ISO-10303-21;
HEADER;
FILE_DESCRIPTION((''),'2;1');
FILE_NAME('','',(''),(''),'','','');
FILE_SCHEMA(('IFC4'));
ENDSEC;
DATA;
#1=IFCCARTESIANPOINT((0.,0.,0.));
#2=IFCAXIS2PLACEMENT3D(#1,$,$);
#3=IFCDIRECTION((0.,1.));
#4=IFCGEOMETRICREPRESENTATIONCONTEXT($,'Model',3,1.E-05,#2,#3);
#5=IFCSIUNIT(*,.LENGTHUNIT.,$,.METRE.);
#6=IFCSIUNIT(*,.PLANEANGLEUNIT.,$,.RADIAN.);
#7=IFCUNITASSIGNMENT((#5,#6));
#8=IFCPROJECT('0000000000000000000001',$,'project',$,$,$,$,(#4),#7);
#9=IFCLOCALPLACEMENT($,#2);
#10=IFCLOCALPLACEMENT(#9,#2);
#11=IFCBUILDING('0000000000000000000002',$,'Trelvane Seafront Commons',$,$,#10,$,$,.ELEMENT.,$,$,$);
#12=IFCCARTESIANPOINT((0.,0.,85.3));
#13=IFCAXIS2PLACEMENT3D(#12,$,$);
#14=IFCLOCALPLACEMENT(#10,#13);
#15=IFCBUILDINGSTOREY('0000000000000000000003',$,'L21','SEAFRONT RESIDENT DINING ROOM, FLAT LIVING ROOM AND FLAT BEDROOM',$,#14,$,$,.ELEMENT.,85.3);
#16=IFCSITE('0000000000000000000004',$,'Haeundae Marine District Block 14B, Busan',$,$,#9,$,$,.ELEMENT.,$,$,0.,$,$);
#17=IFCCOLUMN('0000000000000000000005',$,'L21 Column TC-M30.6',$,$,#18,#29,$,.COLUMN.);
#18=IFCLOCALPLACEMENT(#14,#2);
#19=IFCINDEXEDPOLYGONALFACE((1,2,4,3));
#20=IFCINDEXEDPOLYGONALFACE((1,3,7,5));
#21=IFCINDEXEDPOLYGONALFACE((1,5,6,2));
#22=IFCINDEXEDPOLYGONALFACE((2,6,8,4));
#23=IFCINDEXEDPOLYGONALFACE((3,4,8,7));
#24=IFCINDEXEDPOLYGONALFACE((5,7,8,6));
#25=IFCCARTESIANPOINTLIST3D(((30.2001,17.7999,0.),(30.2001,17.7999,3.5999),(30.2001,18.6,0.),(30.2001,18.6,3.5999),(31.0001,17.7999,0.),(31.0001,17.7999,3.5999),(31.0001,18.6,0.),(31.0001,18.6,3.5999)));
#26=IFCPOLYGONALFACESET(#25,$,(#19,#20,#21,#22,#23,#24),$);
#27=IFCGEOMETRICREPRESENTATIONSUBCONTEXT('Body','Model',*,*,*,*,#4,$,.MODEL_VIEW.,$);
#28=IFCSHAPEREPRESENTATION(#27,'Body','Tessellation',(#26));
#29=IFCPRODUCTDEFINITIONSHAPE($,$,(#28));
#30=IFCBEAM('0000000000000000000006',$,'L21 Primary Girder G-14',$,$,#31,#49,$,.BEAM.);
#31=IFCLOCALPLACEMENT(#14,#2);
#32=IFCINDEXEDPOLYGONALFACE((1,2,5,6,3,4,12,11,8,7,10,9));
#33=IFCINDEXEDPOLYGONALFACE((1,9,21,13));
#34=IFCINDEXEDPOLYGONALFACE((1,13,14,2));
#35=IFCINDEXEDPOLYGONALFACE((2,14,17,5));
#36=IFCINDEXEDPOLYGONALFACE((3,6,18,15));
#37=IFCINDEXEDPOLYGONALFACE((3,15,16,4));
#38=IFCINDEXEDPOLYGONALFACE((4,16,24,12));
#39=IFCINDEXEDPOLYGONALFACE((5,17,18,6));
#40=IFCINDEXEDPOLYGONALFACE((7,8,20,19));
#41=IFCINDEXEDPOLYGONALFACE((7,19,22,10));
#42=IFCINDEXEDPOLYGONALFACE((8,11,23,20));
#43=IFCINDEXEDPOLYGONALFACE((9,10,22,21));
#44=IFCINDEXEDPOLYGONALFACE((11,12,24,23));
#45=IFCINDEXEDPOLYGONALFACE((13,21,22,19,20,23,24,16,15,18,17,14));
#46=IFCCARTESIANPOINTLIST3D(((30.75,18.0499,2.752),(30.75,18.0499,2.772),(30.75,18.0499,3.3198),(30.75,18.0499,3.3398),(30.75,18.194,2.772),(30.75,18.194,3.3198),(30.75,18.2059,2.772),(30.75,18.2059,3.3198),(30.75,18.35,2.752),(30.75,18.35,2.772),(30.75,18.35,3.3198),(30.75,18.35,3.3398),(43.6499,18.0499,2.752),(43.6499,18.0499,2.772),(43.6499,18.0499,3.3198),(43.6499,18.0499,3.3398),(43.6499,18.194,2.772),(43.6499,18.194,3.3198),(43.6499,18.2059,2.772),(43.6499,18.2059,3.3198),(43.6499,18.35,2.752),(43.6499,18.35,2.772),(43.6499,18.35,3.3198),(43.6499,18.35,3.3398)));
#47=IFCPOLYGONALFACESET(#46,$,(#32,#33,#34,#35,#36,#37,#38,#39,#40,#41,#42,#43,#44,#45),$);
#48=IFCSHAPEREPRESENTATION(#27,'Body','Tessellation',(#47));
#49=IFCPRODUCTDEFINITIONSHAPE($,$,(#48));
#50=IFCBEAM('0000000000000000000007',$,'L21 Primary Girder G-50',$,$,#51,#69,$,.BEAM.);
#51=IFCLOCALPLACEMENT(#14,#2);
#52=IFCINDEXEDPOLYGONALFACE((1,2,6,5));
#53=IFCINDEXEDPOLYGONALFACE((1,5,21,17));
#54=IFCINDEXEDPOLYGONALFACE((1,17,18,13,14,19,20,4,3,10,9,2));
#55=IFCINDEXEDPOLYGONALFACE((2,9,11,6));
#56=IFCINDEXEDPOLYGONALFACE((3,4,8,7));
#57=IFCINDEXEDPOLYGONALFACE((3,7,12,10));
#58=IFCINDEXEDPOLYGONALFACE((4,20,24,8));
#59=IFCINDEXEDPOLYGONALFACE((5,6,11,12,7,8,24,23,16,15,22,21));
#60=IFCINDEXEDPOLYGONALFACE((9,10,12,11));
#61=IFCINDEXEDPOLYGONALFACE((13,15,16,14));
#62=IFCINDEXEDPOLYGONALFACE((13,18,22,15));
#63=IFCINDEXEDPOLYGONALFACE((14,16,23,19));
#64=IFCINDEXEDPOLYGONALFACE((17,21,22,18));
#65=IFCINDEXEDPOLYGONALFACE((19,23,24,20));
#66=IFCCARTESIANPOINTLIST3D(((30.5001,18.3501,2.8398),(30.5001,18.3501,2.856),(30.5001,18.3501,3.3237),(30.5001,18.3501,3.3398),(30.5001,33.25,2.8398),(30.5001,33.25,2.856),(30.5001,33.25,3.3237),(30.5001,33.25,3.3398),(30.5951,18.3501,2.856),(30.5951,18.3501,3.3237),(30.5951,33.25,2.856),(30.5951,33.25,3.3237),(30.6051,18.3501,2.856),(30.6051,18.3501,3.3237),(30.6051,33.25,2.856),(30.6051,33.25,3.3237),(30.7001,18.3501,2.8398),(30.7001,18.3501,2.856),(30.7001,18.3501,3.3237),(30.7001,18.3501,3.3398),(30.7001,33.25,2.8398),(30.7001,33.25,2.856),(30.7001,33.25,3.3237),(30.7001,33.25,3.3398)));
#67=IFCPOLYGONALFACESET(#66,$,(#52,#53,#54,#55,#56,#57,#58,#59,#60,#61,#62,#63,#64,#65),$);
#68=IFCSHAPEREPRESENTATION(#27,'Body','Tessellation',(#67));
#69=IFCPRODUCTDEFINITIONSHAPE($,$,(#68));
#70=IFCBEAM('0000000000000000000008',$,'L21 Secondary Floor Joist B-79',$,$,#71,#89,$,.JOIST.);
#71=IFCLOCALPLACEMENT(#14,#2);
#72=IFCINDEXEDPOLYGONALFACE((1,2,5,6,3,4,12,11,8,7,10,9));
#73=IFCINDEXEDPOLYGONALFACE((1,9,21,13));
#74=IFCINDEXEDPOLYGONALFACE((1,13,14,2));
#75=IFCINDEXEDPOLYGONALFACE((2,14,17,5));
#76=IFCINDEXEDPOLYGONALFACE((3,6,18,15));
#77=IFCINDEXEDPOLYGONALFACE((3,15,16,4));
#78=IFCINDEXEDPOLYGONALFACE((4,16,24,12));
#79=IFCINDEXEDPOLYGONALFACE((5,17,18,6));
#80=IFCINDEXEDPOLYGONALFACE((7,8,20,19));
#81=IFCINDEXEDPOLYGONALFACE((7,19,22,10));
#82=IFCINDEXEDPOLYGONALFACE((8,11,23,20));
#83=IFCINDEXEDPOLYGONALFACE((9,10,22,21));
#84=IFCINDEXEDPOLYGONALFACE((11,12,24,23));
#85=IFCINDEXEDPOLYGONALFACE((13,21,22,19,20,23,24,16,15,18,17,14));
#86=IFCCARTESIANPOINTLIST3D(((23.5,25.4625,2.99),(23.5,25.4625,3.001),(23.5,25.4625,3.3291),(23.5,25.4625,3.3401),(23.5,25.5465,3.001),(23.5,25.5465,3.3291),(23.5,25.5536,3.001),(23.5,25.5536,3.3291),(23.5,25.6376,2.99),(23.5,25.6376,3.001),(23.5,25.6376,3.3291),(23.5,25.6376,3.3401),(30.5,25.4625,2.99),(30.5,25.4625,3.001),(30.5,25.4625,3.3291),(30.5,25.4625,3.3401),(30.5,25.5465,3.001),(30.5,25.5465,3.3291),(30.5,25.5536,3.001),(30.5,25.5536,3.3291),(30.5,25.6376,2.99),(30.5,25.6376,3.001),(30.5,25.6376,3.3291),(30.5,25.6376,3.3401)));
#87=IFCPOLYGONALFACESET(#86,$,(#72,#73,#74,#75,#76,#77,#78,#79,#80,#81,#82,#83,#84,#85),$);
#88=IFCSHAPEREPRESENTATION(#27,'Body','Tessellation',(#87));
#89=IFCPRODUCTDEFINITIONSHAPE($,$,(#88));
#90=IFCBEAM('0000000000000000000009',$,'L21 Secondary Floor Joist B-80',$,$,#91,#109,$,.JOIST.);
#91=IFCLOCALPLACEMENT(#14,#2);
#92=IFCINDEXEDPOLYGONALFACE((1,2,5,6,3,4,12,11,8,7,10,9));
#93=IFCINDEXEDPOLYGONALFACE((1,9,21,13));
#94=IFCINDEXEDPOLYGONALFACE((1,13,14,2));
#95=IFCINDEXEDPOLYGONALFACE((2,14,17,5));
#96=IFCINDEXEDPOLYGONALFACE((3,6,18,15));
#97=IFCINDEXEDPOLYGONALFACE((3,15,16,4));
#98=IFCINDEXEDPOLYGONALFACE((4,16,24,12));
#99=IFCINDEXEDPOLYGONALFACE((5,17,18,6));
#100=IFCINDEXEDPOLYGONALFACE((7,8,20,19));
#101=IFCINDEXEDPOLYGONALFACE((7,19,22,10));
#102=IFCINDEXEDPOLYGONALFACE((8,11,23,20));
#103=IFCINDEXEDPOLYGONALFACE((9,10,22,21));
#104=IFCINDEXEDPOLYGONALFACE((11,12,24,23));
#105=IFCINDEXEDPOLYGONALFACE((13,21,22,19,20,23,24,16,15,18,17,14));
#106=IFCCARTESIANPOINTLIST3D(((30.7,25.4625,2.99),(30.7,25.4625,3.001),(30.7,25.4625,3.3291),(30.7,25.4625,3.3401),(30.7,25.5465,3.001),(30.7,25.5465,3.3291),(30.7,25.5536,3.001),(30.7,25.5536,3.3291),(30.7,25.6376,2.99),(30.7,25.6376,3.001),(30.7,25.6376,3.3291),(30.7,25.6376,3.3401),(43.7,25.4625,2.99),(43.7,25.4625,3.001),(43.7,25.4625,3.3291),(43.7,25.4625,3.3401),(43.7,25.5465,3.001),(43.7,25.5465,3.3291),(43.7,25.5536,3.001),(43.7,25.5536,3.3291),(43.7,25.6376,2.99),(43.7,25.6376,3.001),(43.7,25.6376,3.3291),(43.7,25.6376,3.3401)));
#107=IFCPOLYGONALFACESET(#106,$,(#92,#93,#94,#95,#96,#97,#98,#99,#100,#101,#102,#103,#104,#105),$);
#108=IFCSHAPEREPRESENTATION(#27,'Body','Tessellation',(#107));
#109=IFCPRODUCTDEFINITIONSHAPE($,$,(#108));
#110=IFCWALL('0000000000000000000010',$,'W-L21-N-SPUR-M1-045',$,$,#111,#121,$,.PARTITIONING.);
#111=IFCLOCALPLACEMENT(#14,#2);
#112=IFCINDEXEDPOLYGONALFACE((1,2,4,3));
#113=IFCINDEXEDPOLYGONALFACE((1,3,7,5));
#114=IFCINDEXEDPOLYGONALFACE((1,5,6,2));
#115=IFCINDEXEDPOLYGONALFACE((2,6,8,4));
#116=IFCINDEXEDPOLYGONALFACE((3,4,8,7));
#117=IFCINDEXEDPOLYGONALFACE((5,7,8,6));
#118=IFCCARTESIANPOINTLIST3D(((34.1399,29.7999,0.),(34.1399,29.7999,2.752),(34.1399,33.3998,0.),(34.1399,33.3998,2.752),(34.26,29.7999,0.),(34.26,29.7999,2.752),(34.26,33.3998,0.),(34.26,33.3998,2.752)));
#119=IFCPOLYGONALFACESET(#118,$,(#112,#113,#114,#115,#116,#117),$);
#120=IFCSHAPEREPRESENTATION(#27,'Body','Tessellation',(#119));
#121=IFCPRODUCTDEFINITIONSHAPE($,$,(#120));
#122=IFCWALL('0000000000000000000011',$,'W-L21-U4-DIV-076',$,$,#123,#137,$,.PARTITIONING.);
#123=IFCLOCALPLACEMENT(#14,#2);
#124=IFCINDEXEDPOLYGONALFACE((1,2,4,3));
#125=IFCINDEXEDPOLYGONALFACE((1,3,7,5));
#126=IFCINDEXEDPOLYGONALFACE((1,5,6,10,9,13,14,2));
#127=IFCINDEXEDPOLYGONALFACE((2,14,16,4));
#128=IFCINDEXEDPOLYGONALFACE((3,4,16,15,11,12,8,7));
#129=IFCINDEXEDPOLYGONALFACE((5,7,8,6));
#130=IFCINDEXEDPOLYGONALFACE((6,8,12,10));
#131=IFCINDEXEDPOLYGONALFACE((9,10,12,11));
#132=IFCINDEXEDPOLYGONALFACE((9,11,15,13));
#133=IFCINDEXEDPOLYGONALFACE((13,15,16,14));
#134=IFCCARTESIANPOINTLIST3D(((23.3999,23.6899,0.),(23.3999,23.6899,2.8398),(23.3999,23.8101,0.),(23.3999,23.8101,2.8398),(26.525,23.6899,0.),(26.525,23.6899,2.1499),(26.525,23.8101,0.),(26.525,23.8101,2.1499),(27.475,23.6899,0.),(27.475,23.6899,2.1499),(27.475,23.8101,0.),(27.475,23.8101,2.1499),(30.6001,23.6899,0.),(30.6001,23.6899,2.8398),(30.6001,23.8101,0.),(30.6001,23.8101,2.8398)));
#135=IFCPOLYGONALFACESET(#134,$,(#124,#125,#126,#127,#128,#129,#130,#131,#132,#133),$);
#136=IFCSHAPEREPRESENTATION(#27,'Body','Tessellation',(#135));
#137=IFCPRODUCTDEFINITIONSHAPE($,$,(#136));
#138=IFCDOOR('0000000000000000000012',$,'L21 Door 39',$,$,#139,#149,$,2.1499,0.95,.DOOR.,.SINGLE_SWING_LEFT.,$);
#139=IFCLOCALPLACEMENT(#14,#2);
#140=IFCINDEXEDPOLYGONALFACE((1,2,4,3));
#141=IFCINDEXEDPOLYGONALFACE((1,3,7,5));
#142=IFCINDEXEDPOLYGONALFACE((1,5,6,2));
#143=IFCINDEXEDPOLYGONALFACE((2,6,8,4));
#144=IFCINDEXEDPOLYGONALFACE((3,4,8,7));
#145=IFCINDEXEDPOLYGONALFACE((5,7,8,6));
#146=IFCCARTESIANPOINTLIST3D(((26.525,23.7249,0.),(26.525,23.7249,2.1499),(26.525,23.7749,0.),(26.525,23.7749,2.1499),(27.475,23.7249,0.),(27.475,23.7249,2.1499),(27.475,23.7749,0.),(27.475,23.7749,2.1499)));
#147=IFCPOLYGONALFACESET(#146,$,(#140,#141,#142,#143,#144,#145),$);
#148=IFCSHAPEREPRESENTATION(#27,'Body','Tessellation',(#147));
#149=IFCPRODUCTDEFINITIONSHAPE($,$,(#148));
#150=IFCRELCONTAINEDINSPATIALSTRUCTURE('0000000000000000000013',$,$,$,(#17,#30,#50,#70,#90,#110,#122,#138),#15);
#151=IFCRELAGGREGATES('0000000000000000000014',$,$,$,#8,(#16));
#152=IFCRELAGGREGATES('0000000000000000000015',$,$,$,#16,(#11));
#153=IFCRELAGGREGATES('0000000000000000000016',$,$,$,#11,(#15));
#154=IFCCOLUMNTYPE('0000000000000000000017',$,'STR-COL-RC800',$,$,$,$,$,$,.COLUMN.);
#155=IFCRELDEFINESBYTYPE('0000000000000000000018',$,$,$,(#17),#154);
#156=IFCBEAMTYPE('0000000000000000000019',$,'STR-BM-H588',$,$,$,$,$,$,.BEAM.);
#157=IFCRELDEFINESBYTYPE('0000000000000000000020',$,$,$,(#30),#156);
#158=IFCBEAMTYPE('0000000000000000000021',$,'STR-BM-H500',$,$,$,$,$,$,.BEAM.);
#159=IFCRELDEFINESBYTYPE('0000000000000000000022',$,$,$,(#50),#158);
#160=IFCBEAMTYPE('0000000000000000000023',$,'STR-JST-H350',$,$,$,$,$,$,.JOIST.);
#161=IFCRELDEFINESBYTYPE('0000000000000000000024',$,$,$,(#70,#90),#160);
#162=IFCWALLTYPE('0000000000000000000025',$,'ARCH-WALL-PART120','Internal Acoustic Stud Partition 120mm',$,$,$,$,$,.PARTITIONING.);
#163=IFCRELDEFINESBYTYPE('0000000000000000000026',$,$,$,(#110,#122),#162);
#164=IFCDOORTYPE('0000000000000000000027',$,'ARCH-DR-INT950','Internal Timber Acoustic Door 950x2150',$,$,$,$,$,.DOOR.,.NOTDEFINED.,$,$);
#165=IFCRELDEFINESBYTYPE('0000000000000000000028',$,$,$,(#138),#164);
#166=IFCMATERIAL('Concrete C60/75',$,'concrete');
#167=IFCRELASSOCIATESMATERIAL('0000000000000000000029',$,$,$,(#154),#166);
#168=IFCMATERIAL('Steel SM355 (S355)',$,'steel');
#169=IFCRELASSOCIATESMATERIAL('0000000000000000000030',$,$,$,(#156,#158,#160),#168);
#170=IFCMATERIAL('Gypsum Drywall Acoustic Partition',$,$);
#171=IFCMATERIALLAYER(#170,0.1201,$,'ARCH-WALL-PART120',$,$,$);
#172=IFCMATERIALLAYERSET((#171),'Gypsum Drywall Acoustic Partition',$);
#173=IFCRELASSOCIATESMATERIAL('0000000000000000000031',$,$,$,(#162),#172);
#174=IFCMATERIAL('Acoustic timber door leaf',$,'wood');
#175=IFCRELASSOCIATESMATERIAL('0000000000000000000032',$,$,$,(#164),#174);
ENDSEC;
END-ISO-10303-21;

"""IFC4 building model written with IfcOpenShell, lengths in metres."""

from ifc_helpers import new_model, si_unit, direction, frame, frame_2d, origin, origin_2d, place, context, subcontext, project, spatial, rectangle, i_section, extrude, source, transform, mapped, material, layer, layer_set, material_profile, profile_set, type_object, element, fill, save


model = new_model("IFC4")

# Units and contexts
model_context = context("Model", 3, precision=1e-05, world=origin(), true_north=direction((0.0, 1.0)))
body_context = subcontext(model_context, "Body", "Model", "MODEL_VIEW")
ifc_project = project(units=[si_unit("LENGTHUNIT", "METRE"), si_unit("PLANEANGLEUNIT", "RADIAN")], contexts=[model_context])

# Site, building, storey
site_placement = place(None, origin())
site = spatial("IfcSite", under=ifc_project, at=site_placement, Name="Haeundae Marine District Block 14B, Busan", CompositionType="ELEMENT", RefElevation=0.0)
building_placement = place(site_placement, origin())
building = spatial("IfcBuilding", under=site, at=building_placement, Name="Trelvane Seafront Commons", CompositionType="ELEMENT")
storey_placement = place(building_placement, frame((0.0, 0.0, 85.3)))
storey = spatial("IfcBuildingStorey", under=building, at=storey_placement, Name="L21", Description="SEAFRONT RESIDENT DINING ROOM, FLAT LIVING ROOM AND FLAT BEDROOM", CompositionType="ELEMENT", Elevation=85.3)

# Column
ifc_material_1 = material(Name="Concrete C60/75", Category="concrete")
ifc_material_profile_1 = material_profile(ifc_material_1, rectangle(XDim=0.8, YDim=0.8, at=origin_2d()), Name="RC-800x800")
ifc_profile_set_1 = profile_set([ifc_material_profile_1], Name="Concrete C60/75")
column_type = type_object("IfcColumnType", Name="STR-COL-RC800", PredefinedType="COLUMN", material=ifc_profile_set_1)
shared_shape_1 = source(origin(), body_context, "Body", "SweptSolid", [
    extrude(rectangle(XDim=0.8, YDim=0.8, at=origin_2d()), origin(), (0.0, 0.0, 1.0), 3.5999),
])
column_placement = place(storey_placement, frame((30.6001, 18.2, 0.0), z_axis=(0.0, 0.0, 1.0), x_axis=(1.0, 0.0, 0.0)))
element("IfcColumn", 1, at=column_placement, inside=storey, type_object=column_type, Name="L21 Column TC-M30.6", PredefinedType="COLUMN", context=body_context, shape_type="MappedRepresentation", body=[
    mapped(shared_shape_1, transform((0.0, 0.0, 0.0), x_axis=(1.0, 0.0, 0.0), y_axis=(0.0, 1.0, 0.0), z_axis=(0.0, 0.0, 1.0), scale=1.0)),
])

# Beams
ifc_material_2 = material(Name="Steel SM355 (S355)", Category="steel")
ifc_material_profile_2 = material_profile(ifc_material_2, i_section(OverallWidth=0.3, OverallDepth=0.5879, WebThickness=0.012, FlangeThickness=0.02, at=origin_2d()), Name="H-588x300x12x20")
ifc_profile_set_2 = profile_set([ifc_material_profile_2], Name="Steel SM355 (S355)")
beam_type_1 = type_object("IfcBeamType", Name="STR-BM-H588", PredefinedType="BEAM", material=ifc_profile_set_2)
shared_shape_2 = source(origin(), body_context, "Body", "SweptSolid", [
    extrude(i_section(OverallWidth=0.3, OverallDepth=0.5879, WebThickness=0.012, FlangeThickness=0.02, at=origin_2d()), origin(), (0.0, 0.0, 1.0), 12.8999),
])
beam_1_placement = place(storey_placement, frame((30.75, 18.2, 3.0459), z_axis=(1.0, 0.0, 0.0), x_axis=(0.0, 1.0, 0.0)))
element("IfcBeam", 2, at=beam_1_placement, inside=storey, type_object=beam_type_1, Name="L21 Primary Girder G-14", PredefinedType="BEAM", context=body_context, shape_type="MappedRepresentation", body=[
    mapped(shared_shape_2, transform((0.0, 0.0, 0.0), x_axis=(1.0, 0.0, 0.0), y_axis=(0.0, 1.0, 0.0), z_axis=(0.0, 0.0, 1.0), scale=1.0)),
])
ifc_material_profile_3 = material_profile(ifc_material_2, i_section(OverallWidth=0.2, OverallDepth=0.5, WebThickness=0.01, FlangeThickness=0.0161, at=origin_2d()), Name="H-500x200x10x16")
ifc_profile_set_3 = profile_set([ifc_material_profile_3], Name="Steel SM355 (S355)")
beam_type_2 = type_object("IfcBeamType", Name="STR-BM-H500", PredefinedType="BEAM", material=ifc_profile_set_3)
shared_shape_3 = source(origin(), body_context, "Body", "SweptSolid", [
    extrude(i_section(OverallWidth=0.2, OverallDepth=0.5, WebThickness=0.01, FlangeThickness=0.0161, at=origin_2d()), origin(), (0.0, 0.0, 1.0), 14.8999),
])
beam_2_placement = place(storey_placement, frame((30.6001, 18.3501, 3.0898), z_axis=(0.0, 1.0, 0.0), x_axis=(-1.0, 0.0, 0.0)))
element("IfcBeam", 3, at=beam_2_placement, inside=storey, type_object=beam_type_2, Name="L21 Primary Girder G-50", PredefinedType="BEAM", context=body_context, shape_type="MappedRepresentation", body=[
    mapped(shared_shape_3, transform((0.0, 0.0, 0.0), x_axis=(1.0, 0.0, 0.0), y_axis=(0.0, 1.0, 0.0), z_axis=(0.0, 0.0, 1.0), scale=1.0)),
])
ifc_material_profile_4 = material_profile(ifc_material_2, i_section(OverallWidth=0.175, OverallDepth=0.3501, WebThickness=0.0071, FlangeThickness=0.011, at=origin_2d()), Name="H-350x175x7x11")
ifc_profile_set_4 = profile_set([ifc_material_profile_4], Name="Steel SM355 (S355)")
beam_type_3 = type_object("IfcBeamType", Name="STR-JST-H350", PredefinedType="JOIST", material=ifc_profile_set_4)
shared_shape_4 = source(origin(), body_context, "Body", "SweptSolid", [
    extrude(i_section(OverallWidth=0.175, OverallDepth=0.3501, WebThickness=0.0071, FlangeThickness=0.011, at=origin_2d()), origin(), (0.0, 0.0, 1.0), 7.0),
])
beam_3_placement = place(storey_placement, frame((23.5, 25.55, 3.165), z_axis=(1.0, 0.0, 0.0), x_axis=(0.0, 1.0, 0.0)))
element("IfcBeam", 4, at=beam_3_placement, inside=storey, type_object=beam_type_3, Name="L21 Secondary Floor Joist B-79", PredefinedType="JOIST", context=body_context, shape_type="MappedRepresentation", body=[
    mapped(shared_shape_4, transform((0.0, 0.0, 0.0), x_axis=(1.0, 0.0, 0.0), y_axis=(0.0, 1.0, 0.0), z_axis=(0.0, 0.0, 1.0), scale=1.0)),
])
shared_shape_5 = source(origin(), body_context, "Body", "SweptSolid", [
    extrude(i_section(OverallWidth=0.175, OverallDepth=0.3501, WebThickness=0.0071, FlangeThickness=0.011, at=origin_2d()), origin(), (0.0, 0.0, 1.0), 13.0),
])
beam_4_placement = place(storey_placement, frame((30.7, 25.55, 3.165), z_axis=(1.0, 0.0, 0.0), x_axis=(0.0, 1.0, 0.0)))
element("IfcBeam", 5, at=beam_4_placement, inside=storey, type_object=beam_type_3, Name="L21 Secondary Floor Joist B-80", PredefinedType="JOIST", context=body_context, shape_type="MappedRepresentation", body=[
    mapped(shared_shape_5, transform((0.0, 0.0, 0.0), x_axis=(1.0, 0.0, 0.0), y_axis=(0.0, 1.0, 0.0), z_axis=(0.0, 0.0, 1.0), scale=1.0)),
])

# Wall
ifc_material_3 = material(Name="Gypsum Drywall Acoustic Partition")
ifc_layer_1 = layer(ifc_material_3, 0.1201, Name="ARCH-WALL-PART120")
ifc_layer_set_1 = layer_set([ifc_layer_1], Name="Gypsum Drywall Acoustic Partition")
wall_type_1 = type_object("IfcWallType", Name="ARCH-WALL-PART120", Description="Internal Acoustic Stud Partition 120mm", PredefinedType="PARTITIONING", material=ifc_layer_set_1)
wall_1_placement = place(storey_placement, frame((34.2, 29.8, 0.0), z_axis=(0.0, 0.0, 1.0), x_axis=(0.0, 1.0, 0.0)))
element("IfcWall", 6, at=wall_1_placement, inside=storey, type_object=wall_type_1, Name="W-L21-N-SPUR-M1-045", PredefinedType="PARTITIONING", context=body_context, shape_type="SweptSolid", body=[
    extrude(rectangle(XDim=3.5999, YDim=0.1201, at=frame_2d((1.7998, 0.0))), origin(), (0.0, 0.0, 1.0), 2.752),
])

# Wall, opening, door
wall_2_placement = place(storey_placement, frame((23.3999, 23.75, 0.0), z_axis=(0.0, 0.0, 1.0), x_axis=(1.0, 0.0, 0.0)))
wall_2 = element("IfcWall", 7, at=wall_2_placement, inside=storey, type_object=wall_type_1, Name="W-L21-U4-DIV-076", PredefinedType="PARTITIONING", context=body_context, shape_type="SweptSolid", body=[
    extrude(rectangle(XDim=7.2002, YDim=0.1201, at=frame_2d((3.6001, 0.0))), origin(), (0.0, 0.0, 1.0), 2.8398),
])
opening_1_placement = place(wall_2_placement, frame((3.125, 0.0, 0.0)))
opening_1 = element("IfcOpeningElement", 8, at=opening_1_placement, cuts=wall_2, PredefinedType="OPENING", context=body_context, shape_type="SweptSolid", body=[
    extrude(rectangle(XDim=0.95, YDim=2.1499, at=frame_2d((0.4751, 1.075))), frame((0.0, 0.0701, 0.0), z_axis=(0.0, -1.0, 0.0), x_axis=(1.0, 0.0, 0.0)), (0.0, 0.0, 1.0), 0.1401),
])
ifc_material_4 = material(Name="Acoustic timber door leaf", Category="wood")
door_type_1 = type_object("IfcDoorType", Name="ARCH-DR-INT950", Description="Internal Timber Acoustic Door 950x2150", OperationType="NOTDEFINED", PredefinedType="DOOR", material=ifc_material_4)
shared_shape_6 = source(origin(), body_context, "Body", "SweptSolid", [
    extrude(rectangle(XDim=0.95, YDim=2.1499, at=frame_2d((0.4751, 1.075))), frame((0.0, 0.0249, 0.0), z_axis=(0.0, -1.0, 0.0), x_axis=(1.0, 0.0, 0.0)), (0.0, 0.0, 1.0), 0.05),
])
door_1_placement = place(opening_1_placement, origin())
door_1 = element("IfcDoor", 9, at=door_1_placement, inside=storey, type_object=door_type_1, Name="L21 Door 39", OperationType="SINGLE_SWING_LEFT", OverallHeight=2.1499, OverallWidth=0.95, PredefinedType="DOOR", context=body_context, shape_type="MappedRepresentation", body=[
    mapped(shared_shape_6, transform((0.0, 0.0, 0.0), x_axis=(1.0, 0.0, 0.0), y_axis=(0.0, 1.0, 0.0), z_axis=(0.0, 0.0, 1.0), scale=1.0)),
])
fill(opening_1, door_1)

save(model, "model.ifc")
